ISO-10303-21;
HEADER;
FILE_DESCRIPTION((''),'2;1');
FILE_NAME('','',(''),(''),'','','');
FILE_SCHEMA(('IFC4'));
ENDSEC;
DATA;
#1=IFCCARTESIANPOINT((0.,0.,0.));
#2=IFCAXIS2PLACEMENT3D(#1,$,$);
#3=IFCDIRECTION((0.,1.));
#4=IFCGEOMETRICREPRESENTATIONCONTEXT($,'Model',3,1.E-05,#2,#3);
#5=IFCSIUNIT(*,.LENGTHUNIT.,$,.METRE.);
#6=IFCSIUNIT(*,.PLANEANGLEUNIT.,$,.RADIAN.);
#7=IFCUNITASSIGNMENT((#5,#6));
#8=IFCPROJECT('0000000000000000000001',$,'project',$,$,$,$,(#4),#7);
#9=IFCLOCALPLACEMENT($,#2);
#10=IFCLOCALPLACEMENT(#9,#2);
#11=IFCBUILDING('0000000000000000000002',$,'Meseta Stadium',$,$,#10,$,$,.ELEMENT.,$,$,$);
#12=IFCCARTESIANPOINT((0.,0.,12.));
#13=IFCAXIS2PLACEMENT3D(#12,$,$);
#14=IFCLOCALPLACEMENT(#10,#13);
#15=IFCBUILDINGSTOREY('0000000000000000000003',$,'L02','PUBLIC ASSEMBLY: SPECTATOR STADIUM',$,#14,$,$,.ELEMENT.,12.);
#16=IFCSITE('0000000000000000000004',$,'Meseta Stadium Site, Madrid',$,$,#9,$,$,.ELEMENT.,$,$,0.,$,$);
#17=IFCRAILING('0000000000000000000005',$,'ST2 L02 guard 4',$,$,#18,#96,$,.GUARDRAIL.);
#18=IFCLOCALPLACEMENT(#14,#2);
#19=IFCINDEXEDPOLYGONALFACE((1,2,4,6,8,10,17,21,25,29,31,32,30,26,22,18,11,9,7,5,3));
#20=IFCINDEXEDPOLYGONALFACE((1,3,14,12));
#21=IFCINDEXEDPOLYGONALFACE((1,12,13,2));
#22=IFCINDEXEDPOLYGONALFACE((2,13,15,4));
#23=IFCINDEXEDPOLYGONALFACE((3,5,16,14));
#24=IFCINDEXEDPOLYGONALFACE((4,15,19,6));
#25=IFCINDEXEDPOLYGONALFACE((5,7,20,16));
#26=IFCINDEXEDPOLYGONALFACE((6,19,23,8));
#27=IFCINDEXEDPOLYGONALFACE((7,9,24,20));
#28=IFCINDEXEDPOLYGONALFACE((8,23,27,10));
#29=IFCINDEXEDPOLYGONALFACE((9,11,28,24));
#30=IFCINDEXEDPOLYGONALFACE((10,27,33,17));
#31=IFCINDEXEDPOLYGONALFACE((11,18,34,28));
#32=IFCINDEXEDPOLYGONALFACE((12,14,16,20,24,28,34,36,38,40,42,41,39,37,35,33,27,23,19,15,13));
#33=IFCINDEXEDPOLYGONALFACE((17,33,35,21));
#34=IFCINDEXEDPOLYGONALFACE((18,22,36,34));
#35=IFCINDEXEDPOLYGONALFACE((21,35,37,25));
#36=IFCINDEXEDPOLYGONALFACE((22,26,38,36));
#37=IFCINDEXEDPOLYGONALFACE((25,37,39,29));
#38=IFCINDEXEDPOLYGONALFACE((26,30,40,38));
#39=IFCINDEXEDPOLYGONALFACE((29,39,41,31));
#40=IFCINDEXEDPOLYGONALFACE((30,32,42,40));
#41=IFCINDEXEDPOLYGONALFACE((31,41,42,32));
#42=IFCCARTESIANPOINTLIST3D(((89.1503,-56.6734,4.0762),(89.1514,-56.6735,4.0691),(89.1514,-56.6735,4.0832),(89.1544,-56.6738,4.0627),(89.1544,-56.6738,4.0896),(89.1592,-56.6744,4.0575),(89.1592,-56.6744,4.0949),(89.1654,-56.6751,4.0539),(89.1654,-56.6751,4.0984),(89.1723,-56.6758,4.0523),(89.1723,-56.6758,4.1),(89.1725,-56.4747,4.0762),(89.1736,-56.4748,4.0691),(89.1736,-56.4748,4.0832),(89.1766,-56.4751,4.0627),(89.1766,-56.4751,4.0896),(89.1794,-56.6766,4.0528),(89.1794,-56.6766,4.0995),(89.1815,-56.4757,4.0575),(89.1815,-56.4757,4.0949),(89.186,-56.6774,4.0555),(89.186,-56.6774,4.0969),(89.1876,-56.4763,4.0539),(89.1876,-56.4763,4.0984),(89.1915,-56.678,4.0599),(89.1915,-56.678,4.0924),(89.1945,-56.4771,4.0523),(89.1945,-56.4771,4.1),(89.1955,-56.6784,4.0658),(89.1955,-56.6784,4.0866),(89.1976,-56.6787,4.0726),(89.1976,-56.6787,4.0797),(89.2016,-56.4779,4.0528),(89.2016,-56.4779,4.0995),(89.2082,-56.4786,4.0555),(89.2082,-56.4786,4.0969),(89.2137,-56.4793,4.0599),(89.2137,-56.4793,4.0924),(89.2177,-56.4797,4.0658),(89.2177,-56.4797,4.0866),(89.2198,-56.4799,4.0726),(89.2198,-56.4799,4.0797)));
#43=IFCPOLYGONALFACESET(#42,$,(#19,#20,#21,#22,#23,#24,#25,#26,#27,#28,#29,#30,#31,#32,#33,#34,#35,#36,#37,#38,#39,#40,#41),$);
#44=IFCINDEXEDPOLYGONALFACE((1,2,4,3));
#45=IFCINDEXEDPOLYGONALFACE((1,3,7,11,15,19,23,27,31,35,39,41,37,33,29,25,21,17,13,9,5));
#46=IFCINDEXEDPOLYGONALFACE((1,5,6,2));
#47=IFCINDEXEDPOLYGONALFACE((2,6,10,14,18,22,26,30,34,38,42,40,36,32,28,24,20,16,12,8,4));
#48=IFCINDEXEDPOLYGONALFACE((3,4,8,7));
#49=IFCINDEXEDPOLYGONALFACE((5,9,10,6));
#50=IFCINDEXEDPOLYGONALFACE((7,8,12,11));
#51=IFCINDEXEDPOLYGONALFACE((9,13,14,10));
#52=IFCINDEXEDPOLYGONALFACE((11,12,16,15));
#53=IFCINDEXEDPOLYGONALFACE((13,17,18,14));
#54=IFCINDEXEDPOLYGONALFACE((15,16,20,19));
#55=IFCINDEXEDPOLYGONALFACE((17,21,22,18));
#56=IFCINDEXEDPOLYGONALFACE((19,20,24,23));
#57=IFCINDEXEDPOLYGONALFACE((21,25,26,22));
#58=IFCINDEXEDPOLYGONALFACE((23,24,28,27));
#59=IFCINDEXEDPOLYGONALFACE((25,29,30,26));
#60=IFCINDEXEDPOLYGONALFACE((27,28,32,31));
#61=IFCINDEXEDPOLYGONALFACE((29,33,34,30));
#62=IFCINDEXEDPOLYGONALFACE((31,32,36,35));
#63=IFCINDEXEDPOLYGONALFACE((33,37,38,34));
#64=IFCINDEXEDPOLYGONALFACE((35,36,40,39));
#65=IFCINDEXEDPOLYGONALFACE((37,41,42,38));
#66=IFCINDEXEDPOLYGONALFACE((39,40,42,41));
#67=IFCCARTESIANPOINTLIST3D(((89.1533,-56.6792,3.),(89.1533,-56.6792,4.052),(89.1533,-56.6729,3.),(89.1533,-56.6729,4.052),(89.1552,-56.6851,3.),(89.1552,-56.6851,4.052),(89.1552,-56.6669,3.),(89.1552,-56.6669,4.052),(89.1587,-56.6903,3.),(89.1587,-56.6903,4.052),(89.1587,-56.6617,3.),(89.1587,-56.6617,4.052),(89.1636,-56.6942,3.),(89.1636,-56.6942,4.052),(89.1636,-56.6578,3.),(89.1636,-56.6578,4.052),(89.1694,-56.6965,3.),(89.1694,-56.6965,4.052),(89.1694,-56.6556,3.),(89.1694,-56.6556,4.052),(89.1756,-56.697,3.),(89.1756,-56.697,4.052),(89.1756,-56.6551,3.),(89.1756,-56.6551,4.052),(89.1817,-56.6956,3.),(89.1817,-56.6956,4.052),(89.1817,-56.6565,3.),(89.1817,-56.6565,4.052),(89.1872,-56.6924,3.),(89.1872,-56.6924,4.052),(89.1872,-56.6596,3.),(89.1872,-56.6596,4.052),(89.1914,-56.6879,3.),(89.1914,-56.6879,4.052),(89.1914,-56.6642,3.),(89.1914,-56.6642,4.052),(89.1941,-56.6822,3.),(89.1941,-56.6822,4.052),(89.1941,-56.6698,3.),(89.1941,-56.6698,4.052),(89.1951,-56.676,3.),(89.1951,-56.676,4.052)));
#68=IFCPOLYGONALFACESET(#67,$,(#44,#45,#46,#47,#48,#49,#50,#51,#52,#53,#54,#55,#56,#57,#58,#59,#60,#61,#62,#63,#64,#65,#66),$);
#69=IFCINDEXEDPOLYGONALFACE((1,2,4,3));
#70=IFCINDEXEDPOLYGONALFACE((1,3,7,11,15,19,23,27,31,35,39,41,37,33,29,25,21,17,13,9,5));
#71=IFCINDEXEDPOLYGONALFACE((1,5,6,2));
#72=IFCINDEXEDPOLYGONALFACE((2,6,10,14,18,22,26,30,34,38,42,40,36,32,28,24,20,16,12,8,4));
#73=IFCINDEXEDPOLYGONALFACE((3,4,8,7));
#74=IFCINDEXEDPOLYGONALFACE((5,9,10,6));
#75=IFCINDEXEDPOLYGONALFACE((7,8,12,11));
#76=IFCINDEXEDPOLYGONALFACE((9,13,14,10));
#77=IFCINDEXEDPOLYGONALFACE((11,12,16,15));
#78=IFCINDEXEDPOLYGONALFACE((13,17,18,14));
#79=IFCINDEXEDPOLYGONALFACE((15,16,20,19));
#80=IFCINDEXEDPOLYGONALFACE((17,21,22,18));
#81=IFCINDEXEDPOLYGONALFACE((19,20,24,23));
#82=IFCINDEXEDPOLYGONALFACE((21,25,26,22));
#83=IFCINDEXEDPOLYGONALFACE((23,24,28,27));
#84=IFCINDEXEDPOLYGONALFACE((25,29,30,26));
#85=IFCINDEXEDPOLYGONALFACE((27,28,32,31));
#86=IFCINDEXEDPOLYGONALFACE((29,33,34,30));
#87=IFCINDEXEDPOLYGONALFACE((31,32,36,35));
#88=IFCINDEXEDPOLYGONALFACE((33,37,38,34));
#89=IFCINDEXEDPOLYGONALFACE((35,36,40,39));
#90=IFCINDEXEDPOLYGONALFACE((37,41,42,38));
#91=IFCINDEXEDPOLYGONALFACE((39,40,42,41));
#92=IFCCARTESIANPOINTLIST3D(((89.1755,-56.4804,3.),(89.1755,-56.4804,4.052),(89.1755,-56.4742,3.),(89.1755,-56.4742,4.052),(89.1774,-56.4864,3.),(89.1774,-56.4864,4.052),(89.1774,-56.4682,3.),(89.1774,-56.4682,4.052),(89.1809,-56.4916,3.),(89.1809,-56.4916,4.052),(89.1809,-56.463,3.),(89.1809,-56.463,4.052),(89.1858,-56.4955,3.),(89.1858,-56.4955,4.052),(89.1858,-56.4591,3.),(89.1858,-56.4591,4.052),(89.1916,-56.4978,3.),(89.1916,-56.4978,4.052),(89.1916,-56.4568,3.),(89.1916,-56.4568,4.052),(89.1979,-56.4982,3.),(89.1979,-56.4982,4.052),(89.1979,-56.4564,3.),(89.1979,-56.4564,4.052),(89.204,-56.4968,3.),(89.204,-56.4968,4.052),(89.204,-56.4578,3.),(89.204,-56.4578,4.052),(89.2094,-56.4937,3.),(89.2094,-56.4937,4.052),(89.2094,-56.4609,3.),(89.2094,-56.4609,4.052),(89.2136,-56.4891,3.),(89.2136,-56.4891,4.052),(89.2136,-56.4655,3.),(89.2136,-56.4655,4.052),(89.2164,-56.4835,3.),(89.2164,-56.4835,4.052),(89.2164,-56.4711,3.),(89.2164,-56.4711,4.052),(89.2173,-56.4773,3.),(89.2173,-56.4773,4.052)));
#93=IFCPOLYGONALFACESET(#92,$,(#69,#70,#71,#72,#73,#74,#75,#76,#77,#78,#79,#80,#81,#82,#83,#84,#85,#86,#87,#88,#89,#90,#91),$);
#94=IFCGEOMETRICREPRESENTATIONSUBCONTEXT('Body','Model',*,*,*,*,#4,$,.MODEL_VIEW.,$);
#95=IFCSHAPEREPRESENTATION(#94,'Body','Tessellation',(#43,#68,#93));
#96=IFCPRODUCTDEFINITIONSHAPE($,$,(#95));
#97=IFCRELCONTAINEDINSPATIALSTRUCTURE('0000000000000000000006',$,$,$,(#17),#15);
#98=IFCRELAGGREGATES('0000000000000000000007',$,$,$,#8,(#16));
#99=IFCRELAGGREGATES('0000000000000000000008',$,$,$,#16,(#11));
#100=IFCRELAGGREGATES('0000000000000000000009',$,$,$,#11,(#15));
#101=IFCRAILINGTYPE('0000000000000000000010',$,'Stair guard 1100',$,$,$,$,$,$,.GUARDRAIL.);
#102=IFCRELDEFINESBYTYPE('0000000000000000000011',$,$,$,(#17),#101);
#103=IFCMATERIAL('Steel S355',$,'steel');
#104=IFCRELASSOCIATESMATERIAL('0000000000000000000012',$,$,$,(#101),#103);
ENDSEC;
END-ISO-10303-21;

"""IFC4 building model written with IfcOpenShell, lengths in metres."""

from ifc_helpers import new_model, si_unit, direction, frame, origin, origin_2d, place, context, subcontext, project, spatial, circle, extrude, material, type_object, element, save


model = new_model("IFC4")

# Units and contexts
model_context = context("Model", 3, precision=1e-05, world=origin(), true_north=direction((0.0, 1.0)))
body_context = subcontext(model_context, "Body", "Model", "MODEL_VIEW")
ifc_project = project(units=[si_unit("LENGTHUNIT", "METRE"), si_unit("PLANEANGLEUNIT", "RADIAN")], contexts=[model_context])

# Site, building, storey
site_placement = place(None, origin())
site = spatial("IfcSite", under=ifc_project, at=site_placement, Name="Meseta Stadium Site, Madrid", CompositionType="ELEMENT", RefElevation=0.0)
building_placement = place(site_placement, origin())
building = spatial("IfcBuilding", under=site, at=building_placement, Name="Meseta Stadium", CompositionType="ELEMENT")
storey_placement = place(building_placement, frame((0.0, 0.0, 12.0)))
storey = spatial("IfcBuildingStorey", under=building, at=storey_placement, Name="L02", Description="PUBLIC ASSEMBLY: SPECTATOR STADIUM", CompositionType="ELEMENT", Elevation=12.0)

# Railing
ifc_material_1 = material(Name="Steel S355", Category="steel")
railing_type_1 = type_object("IfcRailingType", Name="Stair guard 1100", PredefinedType="GUARDRAIL", material=ifc_material_1)
railing_1_placement = place(storey_placement, frame((89.1741, -56.676, 3.0)))
element("IfcRailing", 1, at=railing_1_placement, inside=storey, type_object=railing_type_1, Name="ST2 L02 guard 4", PredefinedType="GUARDRAIL", context=body_context, shape_type="SweptSolid", body=[
    extrude(circle(Radius=0.0239, at=origin_2d()), frame((0.0, 0.0, 1.0762), z_axis=(0.111102, 0.993809, 0.0), x_axis=(-0.993809, 0.111102, 0.0)), (0.0, 0.0, 1.0), 0.2),
    extrude(circle(Radius=0.021, at=origin_2d()), origin(), (0.0, 0.0, 1.0), 1.052),
    extrude(circle(Radius=0.021, at=origin_2d()), frame((0.0222, 0.1987, 0.0)), (0.0, 0.0, 1.0), 1.052),
])

save(model, "model.ifc")
